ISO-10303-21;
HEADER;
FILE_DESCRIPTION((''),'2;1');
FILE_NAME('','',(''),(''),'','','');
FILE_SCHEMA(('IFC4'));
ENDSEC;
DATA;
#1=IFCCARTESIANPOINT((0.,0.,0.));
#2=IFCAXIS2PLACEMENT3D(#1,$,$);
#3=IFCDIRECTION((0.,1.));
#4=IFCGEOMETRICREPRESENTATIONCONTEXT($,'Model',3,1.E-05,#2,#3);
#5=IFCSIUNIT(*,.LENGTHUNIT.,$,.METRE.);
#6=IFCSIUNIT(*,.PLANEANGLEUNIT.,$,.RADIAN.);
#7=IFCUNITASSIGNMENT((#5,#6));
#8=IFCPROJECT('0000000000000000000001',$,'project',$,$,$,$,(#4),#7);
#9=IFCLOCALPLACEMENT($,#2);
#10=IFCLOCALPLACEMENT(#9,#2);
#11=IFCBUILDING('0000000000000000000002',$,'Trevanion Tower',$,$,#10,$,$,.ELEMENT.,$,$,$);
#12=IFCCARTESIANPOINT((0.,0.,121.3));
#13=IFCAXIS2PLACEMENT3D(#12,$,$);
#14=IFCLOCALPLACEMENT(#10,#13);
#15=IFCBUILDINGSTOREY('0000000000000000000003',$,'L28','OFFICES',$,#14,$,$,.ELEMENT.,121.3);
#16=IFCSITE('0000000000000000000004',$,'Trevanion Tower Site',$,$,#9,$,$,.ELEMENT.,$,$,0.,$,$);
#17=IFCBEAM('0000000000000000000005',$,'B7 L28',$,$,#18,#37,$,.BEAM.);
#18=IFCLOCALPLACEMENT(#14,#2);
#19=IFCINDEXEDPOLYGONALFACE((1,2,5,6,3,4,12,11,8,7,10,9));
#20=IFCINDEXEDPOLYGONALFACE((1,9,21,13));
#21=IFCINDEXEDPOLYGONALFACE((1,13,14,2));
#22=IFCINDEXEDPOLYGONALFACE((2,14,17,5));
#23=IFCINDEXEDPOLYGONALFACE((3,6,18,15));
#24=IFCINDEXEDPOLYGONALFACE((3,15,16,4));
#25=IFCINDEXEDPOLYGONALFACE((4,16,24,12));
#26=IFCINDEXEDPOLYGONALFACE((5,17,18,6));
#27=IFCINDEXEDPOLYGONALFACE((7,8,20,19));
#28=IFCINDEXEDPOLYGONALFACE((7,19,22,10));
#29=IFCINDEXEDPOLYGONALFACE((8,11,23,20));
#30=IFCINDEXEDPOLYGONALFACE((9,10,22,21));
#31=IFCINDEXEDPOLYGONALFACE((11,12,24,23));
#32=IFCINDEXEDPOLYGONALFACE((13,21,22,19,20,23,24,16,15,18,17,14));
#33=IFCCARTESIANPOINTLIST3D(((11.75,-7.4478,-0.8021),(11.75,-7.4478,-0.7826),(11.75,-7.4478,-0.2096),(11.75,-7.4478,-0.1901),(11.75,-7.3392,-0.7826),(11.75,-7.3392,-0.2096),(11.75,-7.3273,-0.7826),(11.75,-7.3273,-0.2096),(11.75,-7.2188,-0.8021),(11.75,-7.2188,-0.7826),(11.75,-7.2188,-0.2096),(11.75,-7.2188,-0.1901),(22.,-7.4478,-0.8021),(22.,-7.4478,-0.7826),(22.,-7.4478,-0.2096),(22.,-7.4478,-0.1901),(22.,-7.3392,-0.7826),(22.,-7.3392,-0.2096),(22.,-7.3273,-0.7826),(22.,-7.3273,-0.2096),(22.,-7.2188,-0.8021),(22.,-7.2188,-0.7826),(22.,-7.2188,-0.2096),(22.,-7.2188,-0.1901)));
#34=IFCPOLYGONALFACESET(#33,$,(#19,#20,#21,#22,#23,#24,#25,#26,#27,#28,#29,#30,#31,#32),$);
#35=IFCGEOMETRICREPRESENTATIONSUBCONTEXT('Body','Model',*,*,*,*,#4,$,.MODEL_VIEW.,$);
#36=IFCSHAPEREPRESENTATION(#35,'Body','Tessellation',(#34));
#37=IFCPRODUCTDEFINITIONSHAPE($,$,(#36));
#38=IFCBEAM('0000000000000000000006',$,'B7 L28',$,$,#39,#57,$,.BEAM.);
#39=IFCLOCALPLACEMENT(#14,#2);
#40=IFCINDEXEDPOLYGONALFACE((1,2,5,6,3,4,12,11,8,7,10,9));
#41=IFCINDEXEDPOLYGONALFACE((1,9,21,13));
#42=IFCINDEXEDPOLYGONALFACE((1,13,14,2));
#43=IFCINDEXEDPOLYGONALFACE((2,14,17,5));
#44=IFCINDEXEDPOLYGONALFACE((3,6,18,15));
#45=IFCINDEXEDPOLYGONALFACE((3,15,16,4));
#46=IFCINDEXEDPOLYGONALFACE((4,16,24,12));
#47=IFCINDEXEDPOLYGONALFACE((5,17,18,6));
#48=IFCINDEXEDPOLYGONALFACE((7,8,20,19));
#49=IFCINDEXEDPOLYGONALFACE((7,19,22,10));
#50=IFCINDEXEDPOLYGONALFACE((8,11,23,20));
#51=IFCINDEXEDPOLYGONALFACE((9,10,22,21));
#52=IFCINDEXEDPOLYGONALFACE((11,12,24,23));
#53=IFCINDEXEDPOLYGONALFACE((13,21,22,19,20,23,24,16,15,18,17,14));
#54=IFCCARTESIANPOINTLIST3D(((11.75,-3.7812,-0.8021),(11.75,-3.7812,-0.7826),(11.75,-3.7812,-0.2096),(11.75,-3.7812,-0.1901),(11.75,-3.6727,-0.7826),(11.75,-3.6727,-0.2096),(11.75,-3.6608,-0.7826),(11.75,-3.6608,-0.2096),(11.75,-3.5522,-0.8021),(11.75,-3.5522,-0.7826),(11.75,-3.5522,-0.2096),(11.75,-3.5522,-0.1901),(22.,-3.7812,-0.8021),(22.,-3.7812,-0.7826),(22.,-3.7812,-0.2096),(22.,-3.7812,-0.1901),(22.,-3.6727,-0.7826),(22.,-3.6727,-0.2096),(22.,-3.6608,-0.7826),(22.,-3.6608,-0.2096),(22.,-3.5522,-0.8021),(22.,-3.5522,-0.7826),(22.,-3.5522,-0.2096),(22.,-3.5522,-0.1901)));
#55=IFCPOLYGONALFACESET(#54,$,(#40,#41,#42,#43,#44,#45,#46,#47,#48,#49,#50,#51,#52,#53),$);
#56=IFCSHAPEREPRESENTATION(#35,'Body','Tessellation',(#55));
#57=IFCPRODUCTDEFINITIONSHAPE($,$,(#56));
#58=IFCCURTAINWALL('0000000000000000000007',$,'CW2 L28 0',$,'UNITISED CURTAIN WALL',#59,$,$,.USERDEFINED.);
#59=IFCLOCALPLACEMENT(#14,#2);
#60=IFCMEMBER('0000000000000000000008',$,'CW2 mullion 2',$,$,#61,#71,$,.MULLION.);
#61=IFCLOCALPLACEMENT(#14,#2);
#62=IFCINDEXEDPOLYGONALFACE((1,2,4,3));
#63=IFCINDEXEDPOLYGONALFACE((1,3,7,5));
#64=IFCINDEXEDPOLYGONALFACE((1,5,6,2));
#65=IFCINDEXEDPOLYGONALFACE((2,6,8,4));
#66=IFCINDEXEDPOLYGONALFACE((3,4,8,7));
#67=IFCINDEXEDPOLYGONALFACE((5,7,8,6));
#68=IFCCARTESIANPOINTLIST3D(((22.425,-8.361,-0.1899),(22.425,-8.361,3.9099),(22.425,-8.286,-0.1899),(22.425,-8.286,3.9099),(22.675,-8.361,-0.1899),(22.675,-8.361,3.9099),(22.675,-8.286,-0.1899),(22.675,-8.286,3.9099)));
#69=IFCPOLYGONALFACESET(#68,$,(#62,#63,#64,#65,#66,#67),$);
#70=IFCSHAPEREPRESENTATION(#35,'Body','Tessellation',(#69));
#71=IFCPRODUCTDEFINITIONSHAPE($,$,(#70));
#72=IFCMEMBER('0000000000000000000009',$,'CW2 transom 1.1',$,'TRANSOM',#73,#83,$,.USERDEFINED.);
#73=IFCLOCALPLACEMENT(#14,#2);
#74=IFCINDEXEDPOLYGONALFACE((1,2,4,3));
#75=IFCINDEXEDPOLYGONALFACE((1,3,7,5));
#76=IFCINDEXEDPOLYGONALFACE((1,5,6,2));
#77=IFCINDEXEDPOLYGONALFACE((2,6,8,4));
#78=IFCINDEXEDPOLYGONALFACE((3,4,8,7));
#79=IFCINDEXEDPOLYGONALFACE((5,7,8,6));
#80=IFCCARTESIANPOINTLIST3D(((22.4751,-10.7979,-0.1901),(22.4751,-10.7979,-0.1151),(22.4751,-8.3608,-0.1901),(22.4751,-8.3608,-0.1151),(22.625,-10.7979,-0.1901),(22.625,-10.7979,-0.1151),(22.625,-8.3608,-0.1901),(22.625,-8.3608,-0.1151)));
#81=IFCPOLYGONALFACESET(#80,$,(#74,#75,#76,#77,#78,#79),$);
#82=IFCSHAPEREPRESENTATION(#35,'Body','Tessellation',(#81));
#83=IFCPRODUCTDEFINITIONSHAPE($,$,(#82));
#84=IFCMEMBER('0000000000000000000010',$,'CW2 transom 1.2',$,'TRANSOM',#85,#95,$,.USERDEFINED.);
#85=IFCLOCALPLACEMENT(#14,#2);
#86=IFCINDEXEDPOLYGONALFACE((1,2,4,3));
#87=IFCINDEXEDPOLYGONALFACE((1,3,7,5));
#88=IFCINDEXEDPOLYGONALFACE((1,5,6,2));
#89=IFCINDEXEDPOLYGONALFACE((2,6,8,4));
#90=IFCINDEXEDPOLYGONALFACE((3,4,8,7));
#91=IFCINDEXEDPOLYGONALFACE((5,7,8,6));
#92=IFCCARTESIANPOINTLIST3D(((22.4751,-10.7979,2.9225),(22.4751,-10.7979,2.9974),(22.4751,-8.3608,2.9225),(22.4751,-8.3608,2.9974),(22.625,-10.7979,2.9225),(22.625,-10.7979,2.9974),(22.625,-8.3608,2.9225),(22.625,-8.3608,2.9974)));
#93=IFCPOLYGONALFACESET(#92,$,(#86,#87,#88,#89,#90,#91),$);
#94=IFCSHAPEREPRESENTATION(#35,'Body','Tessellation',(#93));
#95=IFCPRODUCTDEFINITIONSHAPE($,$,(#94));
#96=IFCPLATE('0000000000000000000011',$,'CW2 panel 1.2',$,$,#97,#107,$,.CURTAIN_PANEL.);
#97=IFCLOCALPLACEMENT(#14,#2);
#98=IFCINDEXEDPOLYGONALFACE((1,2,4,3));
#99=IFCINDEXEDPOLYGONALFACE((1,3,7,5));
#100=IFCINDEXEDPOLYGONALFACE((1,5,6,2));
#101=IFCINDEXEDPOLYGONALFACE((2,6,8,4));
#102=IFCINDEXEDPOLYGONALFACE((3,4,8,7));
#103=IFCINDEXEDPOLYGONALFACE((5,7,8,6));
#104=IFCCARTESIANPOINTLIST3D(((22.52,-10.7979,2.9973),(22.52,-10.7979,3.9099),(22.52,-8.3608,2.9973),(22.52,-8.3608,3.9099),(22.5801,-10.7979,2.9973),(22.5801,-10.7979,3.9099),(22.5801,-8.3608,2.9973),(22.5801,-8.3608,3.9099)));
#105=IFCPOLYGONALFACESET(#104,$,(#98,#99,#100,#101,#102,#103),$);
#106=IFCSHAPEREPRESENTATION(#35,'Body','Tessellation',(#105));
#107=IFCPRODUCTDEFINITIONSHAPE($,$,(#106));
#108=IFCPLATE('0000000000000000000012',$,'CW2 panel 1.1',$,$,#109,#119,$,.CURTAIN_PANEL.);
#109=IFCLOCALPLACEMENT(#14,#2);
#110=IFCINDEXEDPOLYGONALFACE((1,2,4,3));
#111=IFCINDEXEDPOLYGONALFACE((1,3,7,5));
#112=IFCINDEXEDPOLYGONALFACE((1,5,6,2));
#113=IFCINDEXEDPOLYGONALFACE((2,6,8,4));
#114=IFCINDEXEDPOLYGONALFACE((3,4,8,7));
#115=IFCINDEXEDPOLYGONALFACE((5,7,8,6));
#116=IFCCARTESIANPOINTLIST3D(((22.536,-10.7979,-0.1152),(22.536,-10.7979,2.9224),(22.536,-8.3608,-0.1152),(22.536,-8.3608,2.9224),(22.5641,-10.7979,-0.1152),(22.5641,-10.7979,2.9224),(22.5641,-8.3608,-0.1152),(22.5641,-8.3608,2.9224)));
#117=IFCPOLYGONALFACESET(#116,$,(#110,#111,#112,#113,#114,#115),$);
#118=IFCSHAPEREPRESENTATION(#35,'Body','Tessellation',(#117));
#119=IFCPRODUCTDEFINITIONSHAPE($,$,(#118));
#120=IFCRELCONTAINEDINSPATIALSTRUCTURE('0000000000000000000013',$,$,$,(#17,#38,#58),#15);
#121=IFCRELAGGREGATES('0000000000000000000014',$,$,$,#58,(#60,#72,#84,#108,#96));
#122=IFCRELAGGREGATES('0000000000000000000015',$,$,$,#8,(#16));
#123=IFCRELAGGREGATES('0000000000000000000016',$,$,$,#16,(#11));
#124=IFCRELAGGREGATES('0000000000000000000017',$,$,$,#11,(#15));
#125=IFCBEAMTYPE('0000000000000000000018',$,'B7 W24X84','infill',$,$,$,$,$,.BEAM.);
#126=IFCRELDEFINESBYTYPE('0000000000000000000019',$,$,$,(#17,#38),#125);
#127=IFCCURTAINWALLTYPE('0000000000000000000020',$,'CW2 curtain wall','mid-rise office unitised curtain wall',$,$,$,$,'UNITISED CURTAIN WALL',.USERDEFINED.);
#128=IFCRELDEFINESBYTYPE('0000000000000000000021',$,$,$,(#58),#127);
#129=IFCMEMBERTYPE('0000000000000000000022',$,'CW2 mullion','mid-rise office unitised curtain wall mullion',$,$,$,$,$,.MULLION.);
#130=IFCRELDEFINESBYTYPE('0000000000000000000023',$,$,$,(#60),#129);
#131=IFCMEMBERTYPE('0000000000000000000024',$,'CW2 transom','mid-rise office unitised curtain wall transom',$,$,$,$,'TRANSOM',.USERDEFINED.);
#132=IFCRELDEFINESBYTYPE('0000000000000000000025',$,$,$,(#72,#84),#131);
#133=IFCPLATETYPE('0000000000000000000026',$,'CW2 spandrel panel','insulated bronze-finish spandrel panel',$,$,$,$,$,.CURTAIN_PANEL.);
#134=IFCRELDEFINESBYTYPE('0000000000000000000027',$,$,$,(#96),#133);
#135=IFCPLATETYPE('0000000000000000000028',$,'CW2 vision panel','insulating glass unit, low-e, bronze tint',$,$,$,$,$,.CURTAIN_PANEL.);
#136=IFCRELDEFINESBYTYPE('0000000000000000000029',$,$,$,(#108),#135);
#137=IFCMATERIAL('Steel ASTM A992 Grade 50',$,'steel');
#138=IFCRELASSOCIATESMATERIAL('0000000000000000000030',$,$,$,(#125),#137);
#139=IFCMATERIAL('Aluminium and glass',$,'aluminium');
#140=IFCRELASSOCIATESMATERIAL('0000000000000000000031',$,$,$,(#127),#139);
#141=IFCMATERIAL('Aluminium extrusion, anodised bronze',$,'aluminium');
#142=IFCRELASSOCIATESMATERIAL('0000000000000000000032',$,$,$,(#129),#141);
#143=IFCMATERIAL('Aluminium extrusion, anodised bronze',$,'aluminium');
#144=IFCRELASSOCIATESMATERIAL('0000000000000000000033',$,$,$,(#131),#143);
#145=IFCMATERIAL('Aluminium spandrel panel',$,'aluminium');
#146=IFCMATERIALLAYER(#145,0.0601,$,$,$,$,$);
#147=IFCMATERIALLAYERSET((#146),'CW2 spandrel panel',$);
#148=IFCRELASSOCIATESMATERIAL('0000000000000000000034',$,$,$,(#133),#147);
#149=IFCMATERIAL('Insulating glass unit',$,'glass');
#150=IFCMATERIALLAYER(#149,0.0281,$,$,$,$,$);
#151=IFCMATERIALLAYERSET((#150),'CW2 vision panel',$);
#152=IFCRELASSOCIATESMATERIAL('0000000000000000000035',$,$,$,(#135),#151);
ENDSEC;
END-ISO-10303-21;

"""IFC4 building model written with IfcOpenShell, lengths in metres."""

from ifc_helpers import new_model, si_unit, direction, frame, origin, origin_2d, place, context, subcontext, project, spatial, rectangle, i_section, extrude, material, layer, layer_set, material_profile, profile_set, type_object, element, aggregate, save


model = new_model("IFC4")

# Units and contexts
model_context = context("Model", 3, precision=1e-05, world=origin(), true_north=direction((0.0, 1.0)))
body_context = subcontext(model_context, "Body", "Model", "MODEL_VIEW")
ifc_project = project(units=[si_unit("LENGTHUNIT", "METRE"), si_unit("PLANEANGLEUNIT", "RADIAN")], contexts=[model_context])

# Site, building, storey
site_placement = place(None, origin())
site = spatial("IfcSite", under=ifc_project, at=site_placement, Name="Trevanion Tower Site", CompositionType="ELEMENT", RefElevation=0.0)
building_placement = place(site_placement, origin())
building = spatial("IfcBuilding", under=site, at=building_placement, Name="Trevanion Tower", CompositionType="ELEMENT")
storey_placement = place(building_placement, frame((0.0, 0.0, 121.3)))
storey = spatial("IfcBuildingStorey", under=building, at=storey_placement, Name="L28", Description="OFFICES", CompositionType="ELEMENT", Elevation=121.3)

# Beams
ifc_material_1 = material(Name="Steel ASTM A992 Grade 50", Category="steel")
ifc_material_profile_1 = material_profile(ifc_material_1, i_section(OverallWidth=0.229, OverallDepth=0.6121, WebThickness=0.012, FlangeThickness=0.0195, at=origin_2d()), Name="W24X84")
ifc_profile_set_1 = profile_set([ifc_material_profile_1], Name="Steel ASTM A992 Grade 50")
beam_type = type_object("IfcBeamType", Name="B7 W24X84", Description="infill", PredefinedType="BEAM", material=ifc_profile_set_1)
for number, where, z_axis, x_axis, name in (
    (1, (11.75, -7.3333, -0.4961), (1.0, 0.0, 0.0), (0.0, 1.0, 0.0), "B7 L28"),
    (2, (11.75, -3.6667, -0.4961), (1.0, 0.0, 0.0), (0.0, 1.0, 0.0), "B7 L28"),
):
    element("IfcBeam", number, at=place(storey_placement, frame(where, z_axis=z_axis, x_axis=x_axis)), inside=storey, type_object=beam_type, Name=name, PredefinedType="BEAM", context=body_context, shape_type="SweptSolid", body=[
        extrude(i_section(OverallWidth=0.229, OverallDepth=0.6121, WebThickness=0.012, FlangeThickness=0.0195, at=origin_2d()), origin(), (0.0, 0.0, 1.0), 10.25),
    ])

# Curtain wall, members, plates
ifc_material_2 = material(Name="Aluminium and glass", Category="aluminium")
curtain_wall_type = type_object("IfcCurtainWallType", Name="CW2 curtain wall", Description="mid-rise office unitised curtain wall", ElementType="UNITISED CURTAIN WALL", PredefinedType="USERDEFINED", material=ifc_material_2)
curtain_wall_placement = place(storey_placement, origin())
curtain_wall = element("IfcCurtainWall", 3, at=curtain_wall_placement, inside=storey, type_object=curtain_wall_type, Name="CW2 L28 0", ObjectType="UNITISED CURTAIN WALL", PredefinedType="USERDEFINED")
ifc_material_3 = material(Name="Aluminium extrusion, anodised bronze", Category="aluminium")
ifc_material_profile_2 = material_profile(ifc_material_3, rectangle(XDim=0.075, YDim=0.25, at=origin_2d()), Name="CW2 mullion")
ifc_profile_set_2 = profile_set([ifc_material_profile_2], Name="Aluminium extrusion, anodised bronze")
member_type_1 = type_object("IfcMemberType", Name="CW2 mullion", Description="mid-rise office unitised curtain wall mullion", PredefinedType="MULLION", material=ifc_profile_set_2)
member_1_placement = place(storey_placement, frame((22.55, -8.3235, -0.1899), z_axis=(0.0, 0.0, 1.0), x_axis=(0.0, 1.0, 0.0)))
member_1 = element("IfcMember", 4, at=member_1_placement, type_object=member_type_1, Name="CW2 mullion 2", PredefinedType="MULLION", context=body_context, shape_type="SweptSolid", body=[
    extrude(rectangle(XDim=0.075, YDim=0.25, at=origin_2d()), origin(), (0.0, 0.0, 1.0), 4.0999),
])
ifc_material_4 = material(Name="Aluminium extrusion, anodised bronze", Category="aluminium")
ifc_material_profile_3 = material_profile(ifc_material_4, rectangle(XDim=0.1499, YDim=0.075, at=origin_2d()), Name="CW2 transom")
ifc_profile_set_3 = profile_set([ifc_material_profile_3], Name="Aluminium extrusion, anodised bronze")
member_type_2 = type_object("IfcMemberType", Name="CW2 transom", Description="mid-rise office unitised curtain wall transom", ElementType="TRANSOM", PredefinedType="USERDEFINED", material=ifc_profile_set_3)
member_2_placement = place(storey_placement, frame((22.55, -10.7979, -0.1526), z_axis=(0.0, 1.0, 0.0), x_axis=(-1.0, 0.0, 0.0)))
member_2 = element("IfcMember", 5, at=member_2_placement, type_object=member_type_2, Name="CW2 transom 1.1", ObjectType="TRANSOM", PredefinedType="USERDEFINED", context=body_context, shape_type="SweptSolid", body=[
    extrude(rectangle(XDim=0.1499, YDim=0.075, at=origin_2d()), origin(), (0.0, 0.0, 1.0), 2.437),
])
member_3_placement = place(storey_placement, frame((22.55, -10.7979, 2.96), z_axis=(0.0, 1.0, 0.0), x_axis=(-1.0, 0.0, 0.0)))
member_3 = element("IfcMember", 6, at=member_3_placement, type_object=member_type_2, Name="CW2 transom 1.2", ObjectType="TRANSOM", PredefinedType="USERDEFINED", context=body_context, shape_type="SweptSolid", body=[
    extrude(rectangle(XDim=0.1499, YDim=0.075, at=origin_2d()), origin(), (0.0, 0.0, 1.0), 2.437),
])
ifc_material_5 = material(Name="Aluminium spandrel panel", Category="aluminium")
ifc_layer_1 = layer(ifc_material_5, 0.0601)
ifc_layer_set_1 = layer_set([ifc_layer_1], Name="CW2 spandrel panel")
plate_type_1 = type_object("IfcPlateType", Name="CW2 spandrel panel", Description="insulated bronze-finish spandrel panel", PredefinedType="CURTAIN_PANEL", material=ifc_layer_set_1)
plate_1_placement = place(storey_placement, frame((22.55, -9.5793, 2.9973), z_axis=(0.0, 0.0, 1.0), x_axis=(0.0, 1.0, 0.0)))
plate_1 = element("IfcPlate", 7, at=plate_1_placement, type_object=plate_type_1, Name="CW2 panel 1.2", PredefinedType="CURTAIN_PANEL", context=body_context, shape_type="SweptSolid", body=[
    extrude(rectangle(XDim=2.437, YDim=0.0601, at=origin_2d()), origin(), (0.0, 0.0, 1.0), 0.9126),
])
ifc_material_6 = material(Name="Insulating glass unit", Category="glass")
ifc_layer_2 = layer(ifc_material_6, 0.0281)
ifc_layer_set_2 = layer_set([ifc_layer_2], Name="CW2 vision panel")
plate_type_2 = type_object("IfcPlateType", Name="CW2 vision panel", Description="insulating glass unit, low-e, bronze tint", PredefinedType="CURTAIN_PANEL", material=ifc_layer_set_2)
plate_2_placement = place(storey_placement, frame((22.55, -9.5793, -0.1152), z_axis=(0.0, 0.0, 1.0), x_axis=(0.0, 1.0, 0.0)))
plate_2 = element("IfcPlate", 8, at=plate_2_placement, type_object=plate_type_2, Name="CW2 panel 1.1", PredefinedType="CURTAIN_PANEL", context=body_context, shape_type="SweptSolid", body=[
    extrude(rectangle(XDim=2.437, YDim=0.0281, at=origin_2d()), origin(), (0.0, 0.0, 1.0), 3.0376),
])
aggregate(curtain_wall, [member_1, member_2, member_3, plate_2, plate_1])

save(model, "model.ifc")
